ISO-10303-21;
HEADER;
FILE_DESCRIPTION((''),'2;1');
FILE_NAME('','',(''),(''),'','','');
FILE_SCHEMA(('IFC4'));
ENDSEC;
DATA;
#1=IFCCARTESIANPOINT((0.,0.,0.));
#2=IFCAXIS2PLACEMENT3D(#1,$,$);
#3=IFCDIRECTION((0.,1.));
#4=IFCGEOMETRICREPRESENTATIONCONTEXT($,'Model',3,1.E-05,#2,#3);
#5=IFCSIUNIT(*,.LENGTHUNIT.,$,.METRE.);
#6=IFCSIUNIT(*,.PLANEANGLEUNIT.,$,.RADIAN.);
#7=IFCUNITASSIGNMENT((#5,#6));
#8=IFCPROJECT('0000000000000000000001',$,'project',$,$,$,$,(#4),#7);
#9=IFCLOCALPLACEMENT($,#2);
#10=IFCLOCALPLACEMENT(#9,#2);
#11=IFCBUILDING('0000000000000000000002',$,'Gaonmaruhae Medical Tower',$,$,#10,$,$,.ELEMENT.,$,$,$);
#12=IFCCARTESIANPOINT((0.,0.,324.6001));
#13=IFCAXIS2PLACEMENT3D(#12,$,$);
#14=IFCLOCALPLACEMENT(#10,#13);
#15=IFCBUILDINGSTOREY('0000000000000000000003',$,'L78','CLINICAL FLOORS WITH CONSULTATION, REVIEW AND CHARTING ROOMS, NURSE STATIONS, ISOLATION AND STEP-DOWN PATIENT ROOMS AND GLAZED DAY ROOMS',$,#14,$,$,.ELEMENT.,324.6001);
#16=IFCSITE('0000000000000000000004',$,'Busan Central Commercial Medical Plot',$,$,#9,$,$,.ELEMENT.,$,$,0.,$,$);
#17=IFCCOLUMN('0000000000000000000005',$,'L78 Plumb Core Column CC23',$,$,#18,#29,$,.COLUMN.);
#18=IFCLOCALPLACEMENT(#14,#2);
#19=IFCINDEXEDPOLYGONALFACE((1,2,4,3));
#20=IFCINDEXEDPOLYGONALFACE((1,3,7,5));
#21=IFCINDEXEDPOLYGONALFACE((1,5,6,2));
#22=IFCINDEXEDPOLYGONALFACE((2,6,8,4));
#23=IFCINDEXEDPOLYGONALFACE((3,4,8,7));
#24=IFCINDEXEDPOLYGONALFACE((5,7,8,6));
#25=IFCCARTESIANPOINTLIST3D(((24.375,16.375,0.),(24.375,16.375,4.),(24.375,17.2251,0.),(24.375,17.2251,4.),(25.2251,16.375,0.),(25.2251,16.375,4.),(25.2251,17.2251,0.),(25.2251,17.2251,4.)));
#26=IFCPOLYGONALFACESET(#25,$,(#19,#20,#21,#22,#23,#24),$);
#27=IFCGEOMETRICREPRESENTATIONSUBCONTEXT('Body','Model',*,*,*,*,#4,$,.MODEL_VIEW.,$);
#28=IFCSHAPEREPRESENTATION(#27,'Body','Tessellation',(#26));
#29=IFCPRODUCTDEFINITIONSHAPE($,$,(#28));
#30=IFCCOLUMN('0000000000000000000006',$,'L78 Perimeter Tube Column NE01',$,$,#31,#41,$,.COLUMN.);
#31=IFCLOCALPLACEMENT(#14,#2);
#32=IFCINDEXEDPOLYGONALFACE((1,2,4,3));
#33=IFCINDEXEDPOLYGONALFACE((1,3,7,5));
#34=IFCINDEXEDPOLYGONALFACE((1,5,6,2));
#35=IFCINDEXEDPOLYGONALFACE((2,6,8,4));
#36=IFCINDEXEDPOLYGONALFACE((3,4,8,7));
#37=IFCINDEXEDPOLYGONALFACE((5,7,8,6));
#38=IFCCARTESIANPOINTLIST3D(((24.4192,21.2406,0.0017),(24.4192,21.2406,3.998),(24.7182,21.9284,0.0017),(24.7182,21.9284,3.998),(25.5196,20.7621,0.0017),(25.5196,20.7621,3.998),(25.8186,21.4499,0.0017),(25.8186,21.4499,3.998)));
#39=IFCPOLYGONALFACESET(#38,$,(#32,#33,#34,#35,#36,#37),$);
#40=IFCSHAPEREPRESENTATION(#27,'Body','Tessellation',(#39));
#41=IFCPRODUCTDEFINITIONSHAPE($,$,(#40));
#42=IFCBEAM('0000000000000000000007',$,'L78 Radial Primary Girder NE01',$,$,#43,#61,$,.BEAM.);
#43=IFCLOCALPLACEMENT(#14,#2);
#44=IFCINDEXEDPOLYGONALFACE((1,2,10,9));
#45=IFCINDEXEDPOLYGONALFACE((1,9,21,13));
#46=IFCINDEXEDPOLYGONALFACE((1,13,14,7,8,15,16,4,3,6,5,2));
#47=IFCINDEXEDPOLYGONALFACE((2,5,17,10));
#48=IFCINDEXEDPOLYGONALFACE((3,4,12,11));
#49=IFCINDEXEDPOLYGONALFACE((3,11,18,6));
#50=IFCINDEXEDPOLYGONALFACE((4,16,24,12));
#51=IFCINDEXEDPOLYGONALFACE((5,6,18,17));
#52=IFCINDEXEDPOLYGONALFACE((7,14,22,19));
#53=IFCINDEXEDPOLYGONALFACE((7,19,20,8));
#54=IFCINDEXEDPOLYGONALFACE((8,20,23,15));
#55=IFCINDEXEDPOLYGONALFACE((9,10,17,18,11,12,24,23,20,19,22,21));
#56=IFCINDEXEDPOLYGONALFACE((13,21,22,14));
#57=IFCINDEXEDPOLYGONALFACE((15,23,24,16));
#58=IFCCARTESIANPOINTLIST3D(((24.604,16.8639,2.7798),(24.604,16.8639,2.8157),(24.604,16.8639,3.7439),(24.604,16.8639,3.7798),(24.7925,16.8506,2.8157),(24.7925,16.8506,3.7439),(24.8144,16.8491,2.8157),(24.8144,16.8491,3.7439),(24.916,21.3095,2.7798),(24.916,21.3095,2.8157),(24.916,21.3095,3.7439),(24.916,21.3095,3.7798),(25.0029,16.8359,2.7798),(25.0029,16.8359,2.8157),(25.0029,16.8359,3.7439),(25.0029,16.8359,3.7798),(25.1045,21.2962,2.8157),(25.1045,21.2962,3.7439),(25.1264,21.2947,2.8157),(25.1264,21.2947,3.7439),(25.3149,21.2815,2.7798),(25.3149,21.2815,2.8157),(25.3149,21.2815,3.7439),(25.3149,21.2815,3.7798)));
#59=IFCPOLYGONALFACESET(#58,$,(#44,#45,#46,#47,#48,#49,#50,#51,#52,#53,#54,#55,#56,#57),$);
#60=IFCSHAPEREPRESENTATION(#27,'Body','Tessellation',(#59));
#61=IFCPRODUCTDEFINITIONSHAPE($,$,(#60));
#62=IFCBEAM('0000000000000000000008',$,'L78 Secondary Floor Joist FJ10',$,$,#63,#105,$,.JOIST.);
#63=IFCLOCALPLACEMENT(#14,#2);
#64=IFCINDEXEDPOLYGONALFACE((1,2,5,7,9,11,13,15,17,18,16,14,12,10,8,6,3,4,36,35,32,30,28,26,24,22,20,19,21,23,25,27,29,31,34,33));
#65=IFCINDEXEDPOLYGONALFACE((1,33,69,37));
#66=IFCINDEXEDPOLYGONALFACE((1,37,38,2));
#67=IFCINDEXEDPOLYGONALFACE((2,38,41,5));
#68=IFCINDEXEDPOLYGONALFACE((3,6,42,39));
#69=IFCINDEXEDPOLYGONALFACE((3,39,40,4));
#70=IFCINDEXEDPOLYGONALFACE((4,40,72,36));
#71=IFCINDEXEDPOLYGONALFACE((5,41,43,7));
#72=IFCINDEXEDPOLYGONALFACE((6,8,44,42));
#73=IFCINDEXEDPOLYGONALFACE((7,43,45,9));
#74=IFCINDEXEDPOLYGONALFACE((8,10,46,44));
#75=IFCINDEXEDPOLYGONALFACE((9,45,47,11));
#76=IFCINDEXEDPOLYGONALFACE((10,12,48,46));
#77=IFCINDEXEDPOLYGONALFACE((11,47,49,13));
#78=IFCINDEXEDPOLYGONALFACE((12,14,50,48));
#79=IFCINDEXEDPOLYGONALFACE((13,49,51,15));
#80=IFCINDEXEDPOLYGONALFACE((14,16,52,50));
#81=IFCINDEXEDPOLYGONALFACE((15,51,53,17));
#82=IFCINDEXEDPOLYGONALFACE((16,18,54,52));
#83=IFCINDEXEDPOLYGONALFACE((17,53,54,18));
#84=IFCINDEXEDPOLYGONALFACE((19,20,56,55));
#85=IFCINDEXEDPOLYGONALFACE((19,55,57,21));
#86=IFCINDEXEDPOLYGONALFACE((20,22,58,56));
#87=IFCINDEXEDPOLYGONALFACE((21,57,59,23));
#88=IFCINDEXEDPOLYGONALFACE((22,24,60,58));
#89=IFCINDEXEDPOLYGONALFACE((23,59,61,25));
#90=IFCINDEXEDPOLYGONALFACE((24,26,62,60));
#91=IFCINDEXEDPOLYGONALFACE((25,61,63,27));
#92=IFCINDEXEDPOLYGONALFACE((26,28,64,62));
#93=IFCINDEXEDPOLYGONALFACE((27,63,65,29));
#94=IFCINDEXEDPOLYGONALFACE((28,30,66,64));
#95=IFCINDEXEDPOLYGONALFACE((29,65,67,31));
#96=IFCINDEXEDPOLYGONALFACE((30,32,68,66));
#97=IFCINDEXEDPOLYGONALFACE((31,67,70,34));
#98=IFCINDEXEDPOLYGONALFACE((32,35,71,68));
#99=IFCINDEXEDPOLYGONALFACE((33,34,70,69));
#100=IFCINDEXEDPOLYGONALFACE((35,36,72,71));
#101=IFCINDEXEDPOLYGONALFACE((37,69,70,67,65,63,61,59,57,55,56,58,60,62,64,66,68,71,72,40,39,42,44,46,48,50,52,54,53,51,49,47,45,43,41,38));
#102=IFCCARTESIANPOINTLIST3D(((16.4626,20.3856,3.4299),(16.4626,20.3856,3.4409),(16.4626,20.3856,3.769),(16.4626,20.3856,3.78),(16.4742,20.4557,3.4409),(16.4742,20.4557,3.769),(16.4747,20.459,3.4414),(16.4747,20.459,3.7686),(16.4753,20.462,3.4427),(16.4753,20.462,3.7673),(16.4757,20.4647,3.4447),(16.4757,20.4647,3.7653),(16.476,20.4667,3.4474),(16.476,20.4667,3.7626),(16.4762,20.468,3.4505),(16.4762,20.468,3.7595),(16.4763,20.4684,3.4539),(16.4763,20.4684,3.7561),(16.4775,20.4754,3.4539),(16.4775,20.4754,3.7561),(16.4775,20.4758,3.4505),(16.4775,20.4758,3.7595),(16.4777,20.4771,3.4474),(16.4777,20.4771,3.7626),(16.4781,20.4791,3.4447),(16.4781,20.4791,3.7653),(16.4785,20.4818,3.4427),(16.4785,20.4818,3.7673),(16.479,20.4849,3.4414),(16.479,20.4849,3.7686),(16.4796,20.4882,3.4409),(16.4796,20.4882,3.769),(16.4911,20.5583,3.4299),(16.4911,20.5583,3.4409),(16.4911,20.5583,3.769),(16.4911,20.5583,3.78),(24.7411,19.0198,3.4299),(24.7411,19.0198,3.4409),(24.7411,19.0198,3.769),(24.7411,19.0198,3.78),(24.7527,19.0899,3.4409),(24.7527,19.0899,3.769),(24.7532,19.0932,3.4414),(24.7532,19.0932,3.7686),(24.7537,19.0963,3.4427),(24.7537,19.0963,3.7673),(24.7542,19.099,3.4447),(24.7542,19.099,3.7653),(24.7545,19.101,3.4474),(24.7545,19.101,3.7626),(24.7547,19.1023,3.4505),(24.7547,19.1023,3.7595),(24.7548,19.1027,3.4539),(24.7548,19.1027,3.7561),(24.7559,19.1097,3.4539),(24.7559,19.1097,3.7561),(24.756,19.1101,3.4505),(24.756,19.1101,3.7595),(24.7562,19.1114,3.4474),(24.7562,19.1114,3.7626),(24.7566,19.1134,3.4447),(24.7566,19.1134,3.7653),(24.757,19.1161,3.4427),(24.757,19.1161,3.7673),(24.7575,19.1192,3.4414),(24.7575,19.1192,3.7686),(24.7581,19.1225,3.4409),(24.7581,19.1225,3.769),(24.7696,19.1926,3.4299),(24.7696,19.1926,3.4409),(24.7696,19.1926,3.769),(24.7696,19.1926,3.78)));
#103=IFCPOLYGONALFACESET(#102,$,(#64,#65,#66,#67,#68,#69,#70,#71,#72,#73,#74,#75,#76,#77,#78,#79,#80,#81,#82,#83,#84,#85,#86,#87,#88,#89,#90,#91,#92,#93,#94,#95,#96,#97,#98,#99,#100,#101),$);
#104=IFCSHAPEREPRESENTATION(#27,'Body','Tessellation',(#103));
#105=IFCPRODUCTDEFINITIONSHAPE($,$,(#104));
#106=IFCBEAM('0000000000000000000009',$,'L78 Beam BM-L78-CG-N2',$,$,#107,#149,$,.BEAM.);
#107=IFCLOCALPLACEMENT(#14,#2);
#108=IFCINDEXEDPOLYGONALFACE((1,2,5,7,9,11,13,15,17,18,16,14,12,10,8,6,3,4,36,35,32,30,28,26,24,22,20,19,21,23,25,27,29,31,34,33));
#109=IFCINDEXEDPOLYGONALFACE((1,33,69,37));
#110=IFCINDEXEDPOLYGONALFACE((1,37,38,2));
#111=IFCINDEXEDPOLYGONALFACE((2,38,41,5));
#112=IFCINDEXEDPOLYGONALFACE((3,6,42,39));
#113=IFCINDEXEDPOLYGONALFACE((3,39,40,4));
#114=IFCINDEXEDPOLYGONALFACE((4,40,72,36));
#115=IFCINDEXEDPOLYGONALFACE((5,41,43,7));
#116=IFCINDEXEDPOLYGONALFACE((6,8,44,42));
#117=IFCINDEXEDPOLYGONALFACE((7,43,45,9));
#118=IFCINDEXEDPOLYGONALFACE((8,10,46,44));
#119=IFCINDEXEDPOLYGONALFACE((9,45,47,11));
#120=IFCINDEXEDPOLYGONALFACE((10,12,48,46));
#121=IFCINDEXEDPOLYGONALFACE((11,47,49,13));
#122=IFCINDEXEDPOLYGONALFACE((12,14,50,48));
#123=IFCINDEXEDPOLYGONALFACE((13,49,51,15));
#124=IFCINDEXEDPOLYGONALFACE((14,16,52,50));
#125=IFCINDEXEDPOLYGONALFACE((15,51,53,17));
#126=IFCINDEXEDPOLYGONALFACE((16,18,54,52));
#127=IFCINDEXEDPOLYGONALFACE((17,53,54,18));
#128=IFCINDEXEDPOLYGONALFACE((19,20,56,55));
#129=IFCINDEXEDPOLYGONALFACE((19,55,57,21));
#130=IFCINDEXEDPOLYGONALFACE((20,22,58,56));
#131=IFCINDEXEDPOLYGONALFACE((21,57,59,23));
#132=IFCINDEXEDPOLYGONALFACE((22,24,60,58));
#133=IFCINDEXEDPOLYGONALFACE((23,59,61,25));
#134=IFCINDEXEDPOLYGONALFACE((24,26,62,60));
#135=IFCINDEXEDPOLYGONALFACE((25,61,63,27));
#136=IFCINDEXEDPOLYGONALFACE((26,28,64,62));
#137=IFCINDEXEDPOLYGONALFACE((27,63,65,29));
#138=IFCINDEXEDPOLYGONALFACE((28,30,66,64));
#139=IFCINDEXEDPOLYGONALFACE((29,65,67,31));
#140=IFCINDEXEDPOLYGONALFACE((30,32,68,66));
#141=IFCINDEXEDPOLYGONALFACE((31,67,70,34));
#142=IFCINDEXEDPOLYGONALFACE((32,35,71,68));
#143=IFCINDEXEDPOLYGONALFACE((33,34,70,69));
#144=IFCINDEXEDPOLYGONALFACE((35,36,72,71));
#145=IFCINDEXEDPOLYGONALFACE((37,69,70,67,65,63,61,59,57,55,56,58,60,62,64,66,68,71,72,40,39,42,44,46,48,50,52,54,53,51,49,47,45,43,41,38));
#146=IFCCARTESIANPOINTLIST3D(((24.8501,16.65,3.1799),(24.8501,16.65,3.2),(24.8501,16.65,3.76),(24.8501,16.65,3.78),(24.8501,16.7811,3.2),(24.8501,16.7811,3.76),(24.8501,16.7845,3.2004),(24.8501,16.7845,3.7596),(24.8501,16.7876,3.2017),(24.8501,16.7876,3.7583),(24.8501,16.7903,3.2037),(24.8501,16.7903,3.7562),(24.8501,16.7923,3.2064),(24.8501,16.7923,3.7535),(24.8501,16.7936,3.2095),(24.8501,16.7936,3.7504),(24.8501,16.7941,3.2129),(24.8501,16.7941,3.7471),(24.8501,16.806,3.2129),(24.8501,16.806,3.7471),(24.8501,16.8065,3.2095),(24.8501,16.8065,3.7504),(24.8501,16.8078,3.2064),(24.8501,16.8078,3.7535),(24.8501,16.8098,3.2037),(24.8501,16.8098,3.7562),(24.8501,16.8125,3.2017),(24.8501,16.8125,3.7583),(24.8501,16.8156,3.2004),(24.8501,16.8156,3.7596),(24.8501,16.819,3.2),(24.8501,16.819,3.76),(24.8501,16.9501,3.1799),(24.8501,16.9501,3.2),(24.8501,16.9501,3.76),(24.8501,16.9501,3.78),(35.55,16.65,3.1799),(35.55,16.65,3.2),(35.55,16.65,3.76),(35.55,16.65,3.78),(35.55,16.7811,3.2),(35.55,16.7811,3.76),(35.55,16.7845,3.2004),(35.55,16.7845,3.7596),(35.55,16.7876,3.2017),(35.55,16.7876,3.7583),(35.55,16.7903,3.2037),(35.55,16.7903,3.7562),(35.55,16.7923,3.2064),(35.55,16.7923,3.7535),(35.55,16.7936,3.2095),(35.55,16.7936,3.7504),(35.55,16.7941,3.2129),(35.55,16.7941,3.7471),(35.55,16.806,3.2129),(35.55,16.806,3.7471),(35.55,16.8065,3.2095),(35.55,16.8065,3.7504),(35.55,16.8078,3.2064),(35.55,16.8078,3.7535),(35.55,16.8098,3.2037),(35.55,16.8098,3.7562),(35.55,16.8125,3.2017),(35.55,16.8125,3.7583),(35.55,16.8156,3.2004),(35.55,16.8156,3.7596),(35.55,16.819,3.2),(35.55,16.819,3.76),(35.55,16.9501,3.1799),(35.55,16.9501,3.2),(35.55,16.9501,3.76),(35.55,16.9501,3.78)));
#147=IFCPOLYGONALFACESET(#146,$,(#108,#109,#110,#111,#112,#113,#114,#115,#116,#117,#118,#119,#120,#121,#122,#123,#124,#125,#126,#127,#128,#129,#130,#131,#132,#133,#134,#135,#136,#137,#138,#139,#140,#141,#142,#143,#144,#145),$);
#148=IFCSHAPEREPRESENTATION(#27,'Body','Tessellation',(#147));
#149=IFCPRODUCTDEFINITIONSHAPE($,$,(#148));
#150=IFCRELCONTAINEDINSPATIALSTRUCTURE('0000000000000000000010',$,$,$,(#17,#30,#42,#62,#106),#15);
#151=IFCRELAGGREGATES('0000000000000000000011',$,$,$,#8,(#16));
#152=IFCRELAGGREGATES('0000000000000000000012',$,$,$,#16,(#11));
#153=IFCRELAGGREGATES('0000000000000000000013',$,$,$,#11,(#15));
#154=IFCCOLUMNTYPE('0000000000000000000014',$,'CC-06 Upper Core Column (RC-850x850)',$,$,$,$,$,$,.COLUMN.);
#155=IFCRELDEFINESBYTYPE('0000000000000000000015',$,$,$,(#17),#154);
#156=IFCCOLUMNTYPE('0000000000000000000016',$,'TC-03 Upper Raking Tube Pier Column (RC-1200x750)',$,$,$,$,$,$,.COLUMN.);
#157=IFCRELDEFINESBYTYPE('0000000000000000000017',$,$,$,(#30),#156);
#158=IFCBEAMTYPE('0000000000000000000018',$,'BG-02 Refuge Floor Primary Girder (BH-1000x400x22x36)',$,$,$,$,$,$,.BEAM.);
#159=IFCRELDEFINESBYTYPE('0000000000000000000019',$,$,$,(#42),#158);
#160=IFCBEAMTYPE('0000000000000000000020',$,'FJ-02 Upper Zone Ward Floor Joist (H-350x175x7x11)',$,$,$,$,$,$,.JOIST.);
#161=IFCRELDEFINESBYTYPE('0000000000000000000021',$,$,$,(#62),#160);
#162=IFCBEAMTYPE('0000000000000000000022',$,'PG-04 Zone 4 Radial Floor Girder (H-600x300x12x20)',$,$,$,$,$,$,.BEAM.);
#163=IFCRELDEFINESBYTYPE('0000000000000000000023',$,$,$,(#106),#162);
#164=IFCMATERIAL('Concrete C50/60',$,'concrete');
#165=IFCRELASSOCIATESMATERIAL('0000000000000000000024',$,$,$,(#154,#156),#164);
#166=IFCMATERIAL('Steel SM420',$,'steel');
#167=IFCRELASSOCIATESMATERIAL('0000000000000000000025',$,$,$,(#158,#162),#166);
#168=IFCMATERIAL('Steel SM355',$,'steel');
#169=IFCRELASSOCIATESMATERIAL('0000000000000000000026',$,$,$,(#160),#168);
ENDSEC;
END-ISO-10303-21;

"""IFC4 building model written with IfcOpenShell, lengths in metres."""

from ifc_helpers import new_model, si_unit, direction, frame, origin, origin_2d, place, context, subcontext, project, spatial, rectangle, i_section, extrude, material, material_profile, profile_set, type_object, element, save


model = new_model("IFC4")

# Units and contexts
model_context = context("Model", 3, precision=1e-05, world=origin(), true_north=direction((0.0, 1.0)))
body_context = subcontext(model_context, "Body", "Model", "MODEL_VIEW")
ifc_project = project(units=[si_unit("LENGTHUNIT", "METRE"), si_unit("PLANEANGLEUNIT", "RADIAN")], contexts=[model_context])

# Site, building, storey
site_placement = place(None, origin())
site = spatial("IfcSite", under=ifc_project, at=site_placement, Name="Busan Central Commercial Medical Plot", CompositionType="ELEMENT", RefElevation=0.0)
building_placement = place(site_placement, origin())
building = spatial("IfcBuilding", under=site, at=building_placement, Name="Gaonmaruhae Medical Tower", CompositionType="ELEMENT")
storey_placement = place(building_placement, frame((0.0, 0.0, 324.6001)))
storey = spatial("IfcBuildingStorey", under=building, at=storey_placement, Name="L78", Description="CLINICAL FLOORS WITH CONSULTATION, REVIEW AND CHARTING ROOMS, NURSE STATIONS, ISOLATION AND STEP-DOWN PATIENT ROOMS AND GLAZED DAY ROOMS", CompositionType="ELEMENT", Elevation=324.6001)

# Columns
ifc_material_1 = material(Name="Concrete C50/60", Category="concrete")
ifc_material_profile_1 = material_profile(ifc_material_1, rectangle(XDim=0.8501, YDim=0.8501, at=origin_2d()), Name="RC-850x850")
ifc_profile_set_1 = profile_set([ifc_material_profile_1], Name="Concrete C50/60")
column_type_1 = type_object("IfcColumnType", Name="CC-06 Upper Core Column (RC-850x850)", PredefinedType="COLUMN", material=ifc_profile_set_1)
column_1_placement = place(storey_placement, frame((24.8, 16.8, 0.0), z_axis=(0.0, 0.0, 1.0), x_axis=(1.0, 0.0, 0.0)))
element("IfcColumn", 1, at=column_1_placement, inside=storey, type_object=column_type_1, Name="L78 Plumb Core Column CC23", PredefinedType="COLUMN", context=body_context, shape_type="SweptSolid", body=[
    extrude(rectangle(XDim=0.8501, YDim=0.8501, at=origin_2d()), origin(), (0.0, 0.0, 1.0), 4.0),
])
ifc_material_profile_2 = material_profile(ifc_material_1, rectangle(XDim=1.2, YDim=0.75, at=origin_2d()), Name="RC-1200x750")
ifc_profile_set_2 = profile_set([ifc_material_profile_2], Name="Concrete C50/60")
column_type_2 = type_object("IfcColumnType", Name="TC-03 Upper Raking Tube Pier Column (RC-1200x750)", PredefinedType="COLUMN", material=ifc_profile_set_2)
column_2_placement = place(storey_placement, frame((25.1189, 21.3452, 0.0017), z_axis=(0.0, 0.0, 1.0), x_axis=(-0.91706, 0.398749, 0.0)))
element("IfcColumn", 2, at=column_2_placement, inside=storey, type_object=column_type_2, Name="L78 Perimeter Tube Column NE01", PredefinedType="COLUMN", context=body_context, shape_type="SweptSolid", body=[
    extrude(rectangle(XDim=1.2, YDim=0.75, at=origin_2d()), origin(), (0.0, 0.0, 1.0), 3.9963),
])

# Beams
ifc_material_2 = material(Name="Steel SM420", Category="steel")
ifc_material_profile_3 = material_profile(ifc_material_2, i_section(OverallWidth=0.3999, OverallDepth=1.0, WebThickness=0.022, FlangeThickness=0.0359, at=origin_2d()), Name="BH-1000x400x22x36")
ifc_profile_set_3 = profile_set([ifc_material_profile_3], Name="Steel SM420")
beam_type_1 = type_object("IfcBeamType", Name="BG-02 Refuge Floor Primary Girder (BH-1000x400x22x36)", PredefinedType="BEAM", material=ifc_profile_set_3)
beam_1_placement = place(storey_placement, frame((24.8035, 16.8499, 3.2798), z_axis=(0.070013, 0.997546, 0.0), x_axis=(-0.997546, 0.070013, 0.0)))
element("IfcBeam", 3, at=beam_1_placement, inside=storey, type_object=beam_type_1, Name="L78 Radial Primary Girder NE01", PredefinedType="BEAM", context=body_context, shape_type="SweptSolid", body=[
    extrude(i_section(OverallWidth=0.3999, OverallDepth=1.0, WebThickness=0.022, FlangeThickness=0.0359, at=origin_2d()), origin(), (0.0, 0.0, 1.0), 4.4565),
])
ifc_material_3 = material(Name="Steel SM355", Category="steel")
ifc_material_profile_4 = material_profile(ifc_material_3, i_section(OverallWidth=0.175, OverallDepth=0.3501, WebThickness=0.0071, FlangeThickness=0.011, FilletRadius=0.0129, at=origin_2d()), Name="H-350x175x7x11")
ifc_profile_set_4 = profile_set([ifc_material_profile_4], Name="Steel SM355")
beam_type_2 = type_object("IfcBeamType", Name="FJ-02 Upper Zone Ward Floor Joist (H-350x175x7x11)", PredefinedType="JOIST", material=ifc_profile_set_4)
beam_2_placement = place(storey_placement, frame((24.7554, 19.1062, 3.605), z_axis=(-0.986664, 0.162771, 0.0), x_axis=(-0.162771, -0.986664, 0.0)))
element("IfcBeam", 4, at=beam_2_placement, inside=storey, type_object=beam_type_2, Name="L78 Secondary Floor Joist FJ10", PredefinedType="JOIST", context=body_context, shape_type="SweptSolid", body=[
    extrude(i_section(OverallWidth=0.175, OverallDepth=0.3501, WebThickness=0.0071, FlangeThickness=0.011, FilletRadius=0.0129, at=origin_2d()), origin(), (0.0, 0.0, 1.0), 8.3904),
])
ifc_material_profile_5 = material_profile(ifc_material_2, i_section(OverallWidth=0.3, OverallDepth=0.6001, WebThickness=0.012, FlangeThickness=0.02, FilletRadius=0.0129, at=origin_2d()), Name="H-600x300x12x20")
ifc_profile_set_5 = profile_set([ifc_material_profile_5], Name="Steel SM420")
beam_type_3 = type_object("IfcBeamType", Name="PG-04 Zone 4 Radial Floor Girder (H-600x300x12x20)", PredefinedType="BEAM", material=ifc_profile_set_5)
beam_3_placement = place(storey_placement, frame((24.8501, 16.8, 3.48), z_axis=(1.0, 0.0, 0.0), x_axis=(0.0, 1.0, 0.0)))
element("IfcBeam", 5, at=beam_3_placement, inside=storey, type_object=beam_type_3, Name="L78 Beam BM-L78-CG-N2", PredefinedType="BEAM", context=body_context, shape_type="SweptSolid", body=[
    extrude(i_section(OverallWidth=0.3, OverallDepth=0.6001, WebThickness=0.012, FlangeThickness=0.02, FilletRadius=0.0129, at=origin_2d()), origin(), (0.0, 0.0, 1.0), 10.7),
])

save(model, "model.ifc")
